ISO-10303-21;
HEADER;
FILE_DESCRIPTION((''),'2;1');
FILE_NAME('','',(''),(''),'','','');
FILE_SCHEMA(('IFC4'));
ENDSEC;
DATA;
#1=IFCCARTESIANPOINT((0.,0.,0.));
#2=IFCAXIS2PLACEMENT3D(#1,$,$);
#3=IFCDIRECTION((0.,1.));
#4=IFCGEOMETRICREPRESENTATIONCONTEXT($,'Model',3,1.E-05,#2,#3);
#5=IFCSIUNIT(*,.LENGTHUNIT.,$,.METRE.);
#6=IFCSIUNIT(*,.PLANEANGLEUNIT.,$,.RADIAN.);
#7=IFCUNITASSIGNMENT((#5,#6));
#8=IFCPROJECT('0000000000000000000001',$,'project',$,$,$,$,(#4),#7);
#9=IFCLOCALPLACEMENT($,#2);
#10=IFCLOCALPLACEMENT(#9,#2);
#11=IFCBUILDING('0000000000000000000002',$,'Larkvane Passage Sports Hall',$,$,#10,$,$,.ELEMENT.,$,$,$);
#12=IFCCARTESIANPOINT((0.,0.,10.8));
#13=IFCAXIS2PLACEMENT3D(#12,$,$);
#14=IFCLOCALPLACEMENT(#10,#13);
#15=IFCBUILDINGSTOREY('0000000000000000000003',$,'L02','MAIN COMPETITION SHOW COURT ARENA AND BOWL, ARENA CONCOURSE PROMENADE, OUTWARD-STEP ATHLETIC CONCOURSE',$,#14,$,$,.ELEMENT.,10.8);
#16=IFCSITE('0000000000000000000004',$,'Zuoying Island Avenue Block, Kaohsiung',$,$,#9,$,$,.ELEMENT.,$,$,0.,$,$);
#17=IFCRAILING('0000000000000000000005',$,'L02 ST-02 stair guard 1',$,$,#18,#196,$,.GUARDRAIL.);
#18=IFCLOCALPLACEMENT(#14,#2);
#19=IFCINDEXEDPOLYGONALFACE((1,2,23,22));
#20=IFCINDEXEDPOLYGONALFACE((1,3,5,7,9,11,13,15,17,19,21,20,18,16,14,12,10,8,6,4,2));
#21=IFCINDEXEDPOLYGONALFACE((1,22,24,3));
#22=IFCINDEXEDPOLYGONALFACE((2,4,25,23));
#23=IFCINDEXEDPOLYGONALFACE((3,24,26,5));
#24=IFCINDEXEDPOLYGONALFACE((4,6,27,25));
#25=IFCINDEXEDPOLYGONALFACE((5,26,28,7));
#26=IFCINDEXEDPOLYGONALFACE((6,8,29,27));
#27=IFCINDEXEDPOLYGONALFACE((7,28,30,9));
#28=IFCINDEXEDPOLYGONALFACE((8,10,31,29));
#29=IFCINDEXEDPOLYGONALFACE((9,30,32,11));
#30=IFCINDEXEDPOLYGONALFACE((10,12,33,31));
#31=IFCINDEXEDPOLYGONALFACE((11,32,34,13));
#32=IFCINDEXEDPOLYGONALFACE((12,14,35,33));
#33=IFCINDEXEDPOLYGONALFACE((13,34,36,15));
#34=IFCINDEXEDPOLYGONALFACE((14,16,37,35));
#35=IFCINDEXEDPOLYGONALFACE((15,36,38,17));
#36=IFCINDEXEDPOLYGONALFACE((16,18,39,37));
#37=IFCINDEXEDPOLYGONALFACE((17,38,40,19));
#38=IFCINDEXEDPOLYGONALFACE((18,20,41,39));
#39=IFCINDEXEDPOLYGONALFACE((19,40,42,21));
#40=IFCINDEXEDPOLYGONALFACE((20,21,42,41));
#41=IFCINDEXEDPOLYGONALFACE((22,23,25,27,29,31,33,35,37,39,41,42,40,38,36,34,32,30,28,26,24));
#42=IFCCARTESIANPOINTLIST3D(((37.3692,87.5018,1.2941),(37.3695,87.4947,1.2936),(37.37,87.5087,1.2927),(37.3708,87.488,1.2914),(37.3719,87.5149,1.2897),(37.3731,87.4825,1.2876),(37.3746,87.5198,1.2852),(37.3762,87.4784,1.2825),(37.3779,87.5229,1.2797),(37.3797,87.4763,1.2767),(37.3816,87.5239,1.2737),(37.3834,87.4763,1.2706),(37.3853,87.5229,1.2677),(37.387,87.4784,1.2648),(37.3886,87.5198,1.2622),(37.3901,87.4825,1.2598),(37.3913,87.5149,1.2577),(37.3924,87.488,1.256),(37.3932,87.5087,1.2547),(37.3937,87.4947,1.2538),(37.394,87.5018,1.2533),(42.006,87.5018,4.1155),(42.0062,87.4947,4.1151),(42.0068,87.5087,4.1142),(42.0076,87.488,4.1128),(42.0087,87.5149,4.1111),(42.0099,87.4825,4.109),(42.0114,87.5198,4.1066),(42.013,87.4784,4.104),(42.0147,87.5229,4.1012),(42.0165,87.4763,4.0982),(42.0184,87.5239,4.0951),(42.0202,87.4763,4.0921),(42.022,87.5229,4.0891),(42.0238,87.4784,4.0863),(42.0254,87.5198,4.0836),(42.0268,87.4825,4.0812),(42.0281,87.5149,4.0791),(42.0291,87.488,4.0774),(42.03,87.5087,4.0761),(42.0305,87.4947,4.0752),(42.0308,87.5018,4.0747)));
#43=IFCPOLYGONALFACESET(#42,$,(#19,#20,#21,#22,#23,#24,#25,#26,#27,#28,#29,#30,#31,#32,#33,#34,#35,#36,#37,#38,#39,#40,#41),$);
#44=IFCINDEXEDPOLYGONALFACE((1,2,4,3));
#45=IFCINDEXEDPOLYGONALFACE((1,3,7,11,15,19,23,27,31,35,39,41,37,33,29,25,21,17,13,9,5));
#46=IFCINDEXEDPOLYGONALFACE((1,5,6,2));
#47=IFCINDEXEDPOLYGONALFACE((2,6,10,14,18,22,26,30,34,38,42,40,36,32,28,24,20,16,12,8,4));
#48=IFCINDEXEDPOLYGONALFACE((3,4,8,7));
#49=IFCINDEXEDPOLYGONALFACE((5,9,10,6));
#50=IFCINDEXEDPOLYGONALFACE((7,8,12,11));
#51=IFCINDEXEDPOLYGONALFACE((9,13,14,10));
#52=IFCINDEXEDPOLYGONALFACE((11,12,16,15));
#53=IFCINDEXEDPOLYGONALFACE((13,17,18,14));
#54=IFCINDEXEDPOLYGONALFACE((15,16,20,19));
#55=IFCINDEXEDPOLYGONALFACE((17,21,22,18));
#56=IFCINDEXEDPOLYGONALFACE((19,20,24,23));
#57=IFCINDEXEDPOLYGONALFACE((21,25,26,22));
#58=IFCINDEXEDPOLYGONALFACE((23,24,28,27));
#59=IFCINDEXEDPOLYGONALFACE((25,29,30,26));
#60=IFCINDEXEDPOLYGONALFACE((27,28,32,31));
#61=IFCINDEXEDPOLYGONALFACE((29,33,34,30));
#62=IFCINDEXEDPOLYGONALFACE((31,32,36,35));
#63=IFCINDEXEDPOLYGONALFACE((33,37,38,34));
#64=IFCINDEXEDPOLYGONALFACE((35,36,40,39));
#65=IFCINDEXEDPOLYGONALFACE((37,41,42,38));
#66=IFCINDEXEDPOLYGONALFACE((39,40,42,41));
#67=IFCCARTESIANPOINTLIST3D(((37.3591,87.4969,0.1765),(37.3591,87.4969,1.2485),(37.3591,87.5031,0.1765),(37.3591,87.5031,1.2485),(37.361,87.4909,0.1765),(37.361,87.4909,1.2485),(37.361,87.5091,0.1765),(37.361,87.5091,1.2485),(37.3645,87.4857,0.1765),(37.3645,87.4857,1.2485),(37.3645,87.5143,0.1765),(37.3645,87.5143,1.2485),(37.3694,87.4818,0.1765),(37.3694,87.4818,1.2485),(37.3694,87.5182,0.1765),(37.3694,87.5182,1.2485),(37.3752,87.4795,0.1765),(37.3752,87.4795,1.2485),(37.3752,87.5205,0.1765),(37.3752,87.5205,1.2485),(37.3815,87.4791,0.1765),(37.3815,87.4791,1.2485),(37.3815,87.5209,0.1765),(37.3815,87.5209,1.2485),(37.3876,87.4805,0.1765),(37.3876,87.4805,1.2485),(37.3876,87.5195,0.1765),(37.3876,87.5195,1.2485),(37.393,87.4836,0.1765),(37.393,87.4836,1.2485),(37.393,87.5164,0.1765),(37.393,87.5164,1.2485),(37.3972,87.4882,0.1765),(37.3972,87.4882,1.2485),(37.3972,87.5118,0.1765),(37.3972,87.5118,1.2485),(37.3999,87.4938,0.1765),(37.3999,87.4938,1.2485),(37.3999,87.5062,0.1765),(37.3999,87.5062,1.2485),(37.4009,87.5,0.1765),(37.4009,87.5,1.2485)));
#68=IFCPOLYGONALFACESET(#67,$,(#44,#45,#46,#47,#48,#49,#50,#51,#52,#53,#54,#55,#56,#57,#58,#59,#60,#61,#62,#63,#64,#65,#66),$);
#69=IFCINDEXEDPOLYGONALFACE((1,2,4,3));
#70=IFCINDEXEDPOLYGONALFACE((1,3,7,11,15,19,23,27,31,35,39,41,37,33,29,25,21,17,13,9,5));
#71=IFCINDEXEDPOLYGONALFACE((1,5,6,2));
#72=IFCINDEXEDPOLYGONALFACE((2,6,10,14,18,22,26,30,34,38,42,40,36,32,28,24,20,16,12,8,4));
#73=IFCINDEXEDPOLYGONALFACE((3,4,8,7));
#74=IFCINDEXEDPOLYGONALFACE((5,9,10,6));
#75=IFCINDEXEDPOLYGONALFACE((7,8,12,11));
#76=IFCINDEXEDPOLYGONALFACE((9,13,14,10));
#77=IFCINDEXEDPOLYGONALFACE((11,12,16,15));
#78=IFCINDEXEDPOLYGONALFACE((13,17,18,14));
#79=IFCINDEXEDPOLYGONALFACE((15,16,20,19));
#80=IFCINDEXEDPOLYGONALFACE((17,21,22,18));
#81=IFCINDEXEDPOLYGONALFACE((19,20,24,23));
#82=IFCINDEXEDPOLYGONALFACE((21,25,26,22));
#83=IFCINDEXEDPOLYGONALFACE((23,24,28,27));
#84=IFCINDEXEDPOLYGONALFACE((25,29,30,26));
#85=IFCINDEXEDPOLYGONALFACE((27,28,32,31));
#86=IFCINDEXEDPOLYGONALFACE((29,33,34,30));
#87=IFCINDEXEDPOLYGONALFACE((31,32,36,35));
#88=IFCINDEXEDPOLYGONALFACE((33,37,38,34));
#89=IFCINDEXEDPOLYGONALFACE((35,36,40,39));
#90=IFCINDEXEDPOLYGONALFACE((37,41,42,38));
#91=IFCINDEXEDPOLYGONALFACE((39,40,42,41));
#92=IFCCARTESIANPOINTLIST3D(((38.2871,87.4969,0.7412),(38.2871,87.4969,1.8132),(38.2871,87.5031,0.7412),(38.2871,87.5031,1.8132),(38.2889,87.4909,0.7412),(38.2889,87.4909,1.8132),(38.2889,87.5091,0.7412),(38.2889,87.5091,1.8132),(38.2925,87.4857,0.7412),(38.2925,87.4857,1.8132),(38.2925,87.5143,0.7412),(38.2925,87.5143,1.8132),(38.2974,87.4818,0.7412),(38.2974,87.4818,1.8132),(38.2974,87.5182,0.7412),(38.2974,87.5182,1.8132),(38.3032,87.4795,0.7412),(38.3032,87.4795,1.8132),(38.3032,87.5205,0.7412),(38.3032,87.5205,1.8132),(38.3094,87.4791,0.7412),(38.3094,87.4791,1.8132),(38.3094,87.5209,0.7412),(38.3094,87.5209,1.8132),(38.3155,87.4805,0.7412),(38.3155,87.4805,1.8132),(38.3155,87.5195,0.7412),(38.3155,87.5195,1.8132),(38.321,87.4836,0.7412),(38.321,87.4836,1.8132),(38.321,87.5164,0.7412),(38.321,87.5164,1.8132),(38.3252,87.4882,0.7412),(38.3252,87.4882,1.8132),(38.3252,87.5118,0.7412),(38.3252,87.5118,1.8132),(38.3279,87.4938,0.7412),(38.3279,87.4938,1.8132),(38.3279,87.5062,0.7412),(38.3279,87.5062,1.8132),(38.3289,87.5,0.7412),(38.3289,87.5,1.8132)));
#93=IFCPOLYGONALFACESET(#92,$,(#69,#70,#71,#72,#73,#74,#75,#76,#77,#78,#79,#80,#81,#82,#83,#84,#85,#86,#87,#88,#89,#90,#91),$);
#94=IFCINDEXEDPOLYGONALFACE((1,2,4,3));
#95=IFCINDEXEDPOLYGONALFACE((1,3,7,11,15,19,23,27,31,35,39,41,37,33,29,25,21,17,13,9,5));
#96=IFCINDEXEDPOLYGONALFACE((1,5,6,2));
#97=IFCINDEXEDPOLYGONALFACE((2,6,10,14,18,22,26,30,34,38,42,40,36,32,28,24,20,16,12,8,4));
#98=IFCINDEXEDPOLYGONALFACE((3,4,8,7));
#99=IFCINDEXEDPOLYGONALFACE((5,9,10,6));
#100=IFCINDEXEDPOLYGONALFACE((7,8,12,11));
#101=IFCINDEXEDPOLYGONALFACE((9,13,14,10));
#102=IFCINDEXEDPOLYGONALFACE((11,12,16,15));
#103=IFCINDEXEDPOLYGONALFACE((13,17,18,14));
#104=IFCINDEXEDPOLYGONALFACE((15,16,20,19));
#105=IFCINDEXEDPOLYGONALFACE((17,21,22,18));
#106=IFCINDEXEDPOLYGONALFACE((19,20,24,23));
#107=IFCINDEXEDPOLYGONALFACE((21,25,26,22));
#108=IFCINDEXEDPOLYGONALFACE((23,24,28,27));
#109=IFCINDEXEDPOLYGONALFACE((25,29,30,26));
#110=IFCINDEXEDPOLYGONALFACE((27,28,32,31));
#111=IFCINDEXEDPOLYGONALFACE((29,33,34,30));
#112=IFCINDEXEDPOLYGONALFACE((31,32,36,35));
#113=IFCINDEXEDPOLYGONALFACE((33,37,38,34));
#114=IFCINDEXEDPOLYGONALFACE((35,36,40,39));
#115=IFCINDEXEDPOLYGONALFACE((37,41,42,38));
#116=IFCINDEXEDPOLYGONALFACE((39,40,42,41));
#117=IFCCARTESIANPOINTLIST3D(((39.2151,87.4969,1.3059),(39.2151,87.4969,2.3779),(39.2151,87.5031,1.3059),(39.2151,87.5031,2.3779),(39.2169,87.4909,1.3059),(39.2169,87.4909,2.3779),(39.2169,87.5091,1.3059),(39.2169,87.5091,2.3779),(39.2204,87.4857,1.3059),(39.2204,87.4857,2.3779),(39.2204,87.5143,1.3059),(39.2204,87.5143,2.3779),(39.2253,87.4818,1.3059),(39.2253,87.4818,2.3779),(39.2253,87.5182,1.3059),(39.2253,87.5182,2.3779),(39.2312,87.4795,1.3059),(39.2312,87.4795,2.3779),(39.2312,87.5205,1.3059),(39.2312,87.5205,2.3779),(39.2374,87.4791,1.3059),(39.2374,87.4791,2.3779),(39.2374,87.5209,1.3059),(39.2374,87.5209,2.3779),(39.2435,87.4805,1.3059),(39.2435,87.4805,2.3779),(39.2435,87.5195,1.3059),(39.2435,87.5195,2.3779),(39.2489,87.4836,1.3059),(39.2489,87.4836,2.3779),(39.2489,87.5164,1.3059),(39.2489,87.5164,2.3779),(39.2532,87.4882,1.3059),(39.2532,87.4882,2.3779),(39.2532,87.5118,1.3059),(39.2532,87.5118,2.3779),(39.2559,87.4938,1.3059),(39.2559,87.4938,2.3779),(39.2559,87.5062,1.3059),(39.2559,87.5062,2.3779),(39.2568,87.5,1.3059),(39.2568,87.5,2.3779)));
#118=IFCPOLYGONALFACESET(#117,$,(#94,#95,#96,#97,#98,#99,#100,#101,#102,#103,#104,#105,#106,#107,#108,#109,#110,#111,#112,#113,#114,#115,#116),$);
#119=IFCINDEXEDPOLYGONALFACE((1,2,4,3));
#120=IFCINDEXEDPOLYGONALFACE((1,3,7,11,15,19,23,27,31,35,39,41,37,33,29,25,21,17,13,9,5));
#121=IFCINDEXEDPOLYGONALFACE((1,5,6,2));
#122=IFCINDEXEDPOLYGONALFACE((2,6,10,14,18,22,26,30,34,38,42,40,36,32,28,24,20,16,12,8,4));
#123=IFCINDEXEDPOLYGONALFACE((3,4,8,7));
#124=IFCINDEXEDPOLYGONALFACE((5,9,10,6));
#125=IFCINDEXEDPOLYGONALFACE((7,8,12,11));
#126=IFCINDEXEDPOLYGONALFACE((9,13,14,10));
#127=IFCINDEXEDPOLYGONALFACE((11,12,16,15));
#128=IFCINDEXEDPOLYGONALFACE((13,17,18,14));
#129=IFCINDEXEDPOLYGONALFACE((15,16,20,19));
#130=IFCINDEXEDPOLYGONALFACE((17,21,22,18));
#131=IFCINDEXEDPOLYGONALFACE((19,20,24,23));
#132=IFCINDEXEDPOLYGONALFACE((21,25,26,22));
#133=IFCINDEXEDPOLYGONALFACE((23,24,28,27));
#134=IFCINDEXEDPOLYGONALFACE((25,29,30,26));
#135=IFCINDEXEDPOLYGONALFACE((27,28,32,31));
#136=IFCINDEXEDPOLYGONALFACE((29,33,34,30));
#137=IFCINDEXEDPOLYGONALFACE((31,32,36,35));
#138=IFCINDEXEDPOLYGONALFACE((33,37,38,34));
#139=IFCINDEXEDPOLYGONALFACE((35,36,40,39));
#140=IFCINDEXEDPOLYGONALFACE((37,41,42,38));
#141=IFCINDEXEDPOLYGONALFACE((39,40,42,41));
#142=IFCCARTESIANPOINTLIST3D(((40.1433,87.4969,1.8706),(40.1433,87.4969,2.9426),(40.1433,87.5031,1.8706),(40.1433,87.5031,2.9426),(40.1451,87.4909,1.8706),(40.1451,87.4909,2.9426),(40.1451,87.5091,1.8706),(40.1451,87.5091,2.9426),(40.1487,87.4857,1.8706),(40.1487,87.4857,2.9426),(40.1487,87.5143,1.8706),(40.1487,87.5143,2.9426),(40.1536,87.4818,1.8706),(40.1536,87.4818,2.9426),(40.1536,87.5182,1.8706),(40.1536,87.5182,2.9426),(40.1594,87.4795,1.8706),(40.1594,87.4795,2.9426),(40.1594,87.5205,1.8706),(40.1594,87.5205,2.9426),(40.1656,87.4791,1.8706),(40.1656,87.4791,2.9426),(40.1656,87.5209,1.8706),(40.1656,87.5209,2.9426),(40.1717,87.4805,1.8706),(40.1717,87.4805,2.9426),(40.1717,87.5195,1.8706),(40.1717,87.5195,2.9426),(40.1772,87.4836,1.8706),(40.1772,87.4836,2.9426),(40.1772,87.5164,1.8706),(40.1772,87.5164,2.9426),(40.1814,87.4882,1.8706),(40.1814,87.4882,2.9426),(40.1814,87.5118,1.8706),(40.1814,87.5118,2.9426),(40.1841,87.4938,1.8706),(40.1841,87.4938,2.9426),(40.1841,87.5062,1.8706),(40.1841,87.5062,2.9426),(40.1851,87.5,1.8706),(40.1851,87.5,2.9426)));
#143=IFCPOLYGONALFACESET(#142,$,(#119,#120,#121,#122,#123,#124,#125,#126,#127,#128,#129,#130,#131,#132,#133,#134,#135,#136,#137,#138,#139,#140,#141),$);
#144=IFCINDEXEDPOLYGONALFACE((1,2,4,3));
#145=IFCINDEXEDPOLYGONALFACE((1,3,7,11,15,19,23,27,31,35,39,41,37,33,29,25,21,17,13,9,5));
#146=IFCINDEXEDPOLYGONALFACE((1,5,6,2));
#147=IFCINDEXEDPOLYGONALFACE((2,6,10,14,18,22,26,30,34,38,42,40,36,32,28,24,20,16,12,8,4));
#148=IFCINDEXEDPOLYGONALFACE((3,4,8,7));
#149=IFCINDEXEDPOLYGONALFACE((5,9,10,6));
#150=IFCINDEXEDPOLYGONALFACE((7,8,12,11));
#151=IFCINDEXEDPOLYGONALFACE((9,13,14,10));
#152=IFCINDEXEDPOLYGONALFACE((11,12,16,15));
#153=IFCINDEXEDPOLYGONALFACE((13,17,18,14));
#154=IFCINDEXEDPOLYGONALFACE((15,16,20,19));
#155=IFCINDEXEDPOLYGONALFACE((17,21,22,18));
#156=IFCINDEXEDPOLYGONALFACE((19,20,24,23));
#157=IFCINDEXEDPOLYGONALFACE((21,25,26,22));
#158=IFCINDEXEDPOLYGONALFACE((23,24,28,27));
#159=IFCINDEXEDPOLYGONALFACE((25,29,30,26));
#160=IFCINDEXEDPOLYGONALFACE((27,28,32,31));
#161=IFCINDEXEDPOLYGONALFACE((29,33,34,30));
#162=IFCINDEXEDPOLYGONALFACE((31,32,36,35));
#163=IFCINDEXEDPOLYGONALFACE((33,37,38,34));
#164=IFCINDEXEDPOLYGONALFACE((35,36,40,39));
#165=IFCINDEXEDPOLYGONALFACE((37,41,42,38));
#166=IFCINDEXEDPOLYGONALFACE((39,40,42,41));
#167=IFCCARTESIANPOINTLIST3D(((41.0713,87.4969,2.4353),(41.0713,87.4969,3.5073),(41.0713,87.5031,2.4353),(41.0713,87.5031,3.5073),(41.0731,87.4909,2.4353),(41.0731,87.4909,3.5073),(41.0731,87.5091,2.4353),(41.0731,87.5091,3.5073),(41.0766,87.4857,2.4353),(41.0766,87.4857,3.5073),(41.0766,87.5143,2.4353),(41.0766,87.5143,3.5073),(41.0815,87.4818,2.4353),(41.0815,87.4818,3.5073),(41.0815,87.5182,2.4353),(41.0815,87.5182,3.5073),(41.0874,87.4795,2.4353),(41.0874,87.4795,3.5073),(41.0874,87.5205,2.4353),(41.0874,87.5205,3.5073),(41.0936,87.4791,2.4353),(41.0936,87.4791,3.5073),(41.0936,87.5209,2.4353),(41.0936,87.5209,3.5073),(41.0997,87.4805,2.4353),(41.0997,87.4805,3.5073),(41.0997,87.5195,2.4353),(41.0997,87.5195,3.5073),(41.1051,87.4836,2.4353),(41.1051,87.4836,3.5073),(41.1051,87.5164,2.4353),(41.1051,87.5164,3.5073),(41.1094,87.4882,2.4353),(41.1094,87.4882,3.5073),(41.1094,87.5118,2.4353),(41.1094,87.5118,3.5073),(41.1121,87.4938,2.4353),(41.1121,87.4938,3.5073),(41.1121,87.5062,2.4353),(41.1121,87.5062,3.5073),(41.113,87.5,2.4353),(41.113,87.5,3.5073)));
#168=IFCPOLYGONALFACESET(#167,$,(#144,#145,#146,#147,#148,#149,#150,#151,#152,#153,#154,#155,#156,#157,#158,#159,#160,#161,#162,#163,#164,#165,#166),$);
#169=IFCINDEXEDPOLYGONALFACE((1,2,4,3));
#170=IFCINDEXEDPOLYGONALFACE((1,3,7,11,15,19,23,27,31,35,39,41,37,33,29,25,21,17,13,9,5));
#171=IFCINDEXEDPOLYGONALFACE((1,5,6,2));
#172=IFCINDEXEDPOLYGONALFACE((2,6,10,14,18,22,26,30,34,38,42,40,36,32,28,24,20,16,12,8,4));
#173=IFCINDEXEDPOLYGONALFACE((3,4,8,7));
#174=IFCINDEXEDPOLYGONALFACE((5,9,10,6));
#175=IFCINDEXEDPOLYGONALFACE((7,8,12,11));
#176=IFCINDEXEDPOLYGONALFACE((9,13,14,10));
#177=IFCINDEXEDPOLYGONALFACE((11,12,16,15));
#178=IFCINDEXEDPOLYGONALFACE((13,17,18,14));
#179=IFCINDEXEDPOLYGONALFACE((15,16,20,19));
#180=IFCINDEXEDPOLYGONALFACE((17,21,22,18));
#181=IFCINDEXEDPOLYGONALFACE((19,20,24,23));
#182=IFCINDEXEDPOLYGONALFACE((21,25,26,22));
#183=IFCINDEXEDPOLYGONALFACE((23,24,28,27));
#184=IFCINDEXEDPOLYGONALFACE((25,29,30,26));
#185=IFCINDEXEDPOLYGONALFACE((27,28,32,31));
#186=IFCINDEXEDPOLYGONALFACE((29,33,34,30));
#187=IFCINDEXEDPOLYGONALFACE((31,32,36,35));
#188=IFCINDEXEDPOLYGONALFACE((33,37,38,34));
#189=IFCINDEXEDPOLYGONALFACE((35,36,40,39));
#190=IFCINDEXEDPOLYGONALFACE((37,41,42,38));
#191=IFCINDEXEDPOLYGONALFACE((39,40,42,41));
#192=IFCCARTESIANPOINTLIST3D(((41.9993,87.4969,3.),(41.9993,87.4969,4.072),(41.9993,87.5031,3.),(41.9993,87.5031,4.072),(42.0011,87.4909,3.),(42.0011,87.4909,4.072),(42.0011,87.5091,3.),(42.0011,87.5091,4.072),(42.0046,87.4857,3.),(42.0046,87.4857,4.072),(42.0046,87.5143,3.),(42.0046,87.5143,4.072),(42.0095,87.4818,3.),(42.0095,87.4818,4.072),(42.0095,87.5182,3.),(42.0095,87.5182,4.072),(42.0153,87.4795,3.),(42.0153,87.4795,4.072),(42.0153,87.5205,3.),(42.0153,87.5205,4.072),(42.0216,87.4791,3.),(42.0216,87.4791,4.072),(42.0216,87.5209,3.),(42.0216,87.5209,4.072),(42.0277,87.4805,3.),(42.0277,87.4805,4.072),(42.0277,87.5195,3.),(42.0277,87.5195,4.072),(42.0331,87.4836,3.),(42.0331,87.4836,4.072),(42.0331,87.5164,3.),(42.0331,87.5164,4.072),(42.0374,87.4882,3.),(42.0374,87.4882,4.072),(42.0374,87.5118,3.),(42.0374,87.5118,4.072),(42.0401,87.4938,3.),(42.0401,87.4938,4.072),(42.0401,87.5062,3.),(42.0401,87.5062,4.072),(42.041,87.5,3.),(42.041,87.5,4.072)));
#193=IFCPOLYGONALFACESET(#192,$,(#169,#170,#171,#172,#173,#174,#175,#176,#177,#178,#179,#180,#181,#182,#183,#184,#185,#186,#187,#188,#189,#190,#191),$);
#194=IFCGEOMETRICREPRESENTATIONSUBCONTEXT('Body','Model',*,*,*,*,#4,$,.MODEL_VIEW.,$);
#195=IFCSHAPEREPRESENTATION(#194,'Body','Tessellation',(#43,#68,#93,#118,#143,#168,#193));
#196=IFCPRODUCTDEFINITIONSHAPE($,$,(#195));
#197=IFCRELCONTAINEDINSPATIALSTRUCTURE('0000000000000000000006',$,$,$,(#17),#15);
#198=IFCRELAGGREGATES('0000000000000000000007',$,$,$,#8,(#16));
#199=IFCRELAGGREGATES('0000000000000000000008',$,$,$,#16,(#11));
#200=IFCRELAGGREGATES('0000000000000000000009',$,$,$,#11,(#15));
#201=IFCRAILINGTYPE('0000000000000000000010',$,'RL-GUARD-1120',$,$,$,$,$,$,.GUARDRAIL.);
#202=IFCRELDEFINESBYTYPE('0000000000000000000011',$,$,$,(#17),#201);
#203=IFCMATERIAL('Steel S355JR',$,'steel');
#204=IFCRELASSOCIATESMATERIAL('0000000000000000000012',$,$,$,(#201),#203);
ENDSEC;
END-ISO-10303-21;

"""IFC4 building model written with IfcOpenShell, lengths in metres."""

from ifc_helpers import new_model, si_unit, direction, frame, origin, origin_2d, place, context, subcontext, project, spatial, circle, extrude, material, type_object, element, save


model = new_model("IFC4")

# Units and contexts
model_context = context("Model", 3, precision=1e-05, world=origin(), true_north=direction((0.0, 1.0)))
body_context = subcontext(model_context, "Body", "Model", "MODEL_VIEW")
ifc_project = project(units=[si_unit("LENGTHUNIT", "METRE"), si_unit("PLANEANGLEUNIT", "RADIAN")], contexts=[model_context])

# Site, building, storey
site_placement = place(None, origin())
site = spatial("IfcSite", under=ifc_project, at=site_placement, Name="Zuoying Island Avenue Block, Kaohsiung", CompositionType="ELEMENT", RefElevation=0.0)
building_placement = place(site_placement, origin())
building = spatial("IfcBuilding", under=site, at=building_placement, Name="Larkvane Passage Sports Hall", CompositionType="ELEMENT")
storey_placement = place(building_placement, frame((0.0, 0.0, 10.8)))
storey = spatial("IfcBuildingStorey", under=building, at=storey_placement, Name="L02", Description="MAIN COMPETITION SHOW COURT ARENA AND BOWL, ARENA CONCOURSE PROMENADE, OUTWARD-STEP ATHLETIC CONCOURSE", CompositionType="ELEMENT", Elevation=10.8)

# Shared definitions
ifc_material_1 = material(Name="Steel S355JR", Category="steel")

# Railing
railing_type_1 = type_object("IfcRailingType", Name="RL-GUARD-1120", PredefinedType="GUARDRAIL", material=ifc_material_1)
railing_1_placement = place(storey_placement, frame((37.3799, 87.5, 0.1765)))
element("IfcRailing", 1, at=railing_1_placement, inside=storey, type_object=railing_type_1, Name="L02 ST-02 stair guard 1", PredefinedType="GUARDRAIL", context=body_context, shape_type="SweptSolid", body=[
    extrude(circle(Radius=0.0239, at=origin_2d()), frame((0.0017, 0.0, 1.0972), z_axis=(0.854276, 0.0, 0.51982), x_axis=(0.0, 1.0, 0.0)), (0.0, 0.0, 1.0), 5.4277),
    extrude(circle(Radius=0.021, at=origin_2d()), origin(), (0.0, 0.0, 1.0), 1.072),
    extrude(circle(Radius=0.021, at=origin_2d()), frame((0.928, 0.0, 0.5647)), (0.0, 0.0, 1.0), 1.072),
    extrude(circle(Radius=0.021, at=origin_2d()), frame((1.856, 0.0, 1.1294)), (0.0, 0.0, 1.0), 1.072),
    extrude(circle(Radius=0.021, at=origin_2d()), frame((2.7842, 0.0, 1.6941)), (0.0, 0.0, 1.0), 1.072),
    extrude(circle(Radius=0.021, at=origin_2d()), frame((3.7122, 0.0, 2.2588)), (0.0, 0.0, 1.0), 1.072),
    extrude(circle(Radius=0.021, at=origin_2d()), frame((4.6401, 0.0, 2.8235)), (0.0, 0.0, 1.0), 1.072),
])

save(model, "model.ifc")
